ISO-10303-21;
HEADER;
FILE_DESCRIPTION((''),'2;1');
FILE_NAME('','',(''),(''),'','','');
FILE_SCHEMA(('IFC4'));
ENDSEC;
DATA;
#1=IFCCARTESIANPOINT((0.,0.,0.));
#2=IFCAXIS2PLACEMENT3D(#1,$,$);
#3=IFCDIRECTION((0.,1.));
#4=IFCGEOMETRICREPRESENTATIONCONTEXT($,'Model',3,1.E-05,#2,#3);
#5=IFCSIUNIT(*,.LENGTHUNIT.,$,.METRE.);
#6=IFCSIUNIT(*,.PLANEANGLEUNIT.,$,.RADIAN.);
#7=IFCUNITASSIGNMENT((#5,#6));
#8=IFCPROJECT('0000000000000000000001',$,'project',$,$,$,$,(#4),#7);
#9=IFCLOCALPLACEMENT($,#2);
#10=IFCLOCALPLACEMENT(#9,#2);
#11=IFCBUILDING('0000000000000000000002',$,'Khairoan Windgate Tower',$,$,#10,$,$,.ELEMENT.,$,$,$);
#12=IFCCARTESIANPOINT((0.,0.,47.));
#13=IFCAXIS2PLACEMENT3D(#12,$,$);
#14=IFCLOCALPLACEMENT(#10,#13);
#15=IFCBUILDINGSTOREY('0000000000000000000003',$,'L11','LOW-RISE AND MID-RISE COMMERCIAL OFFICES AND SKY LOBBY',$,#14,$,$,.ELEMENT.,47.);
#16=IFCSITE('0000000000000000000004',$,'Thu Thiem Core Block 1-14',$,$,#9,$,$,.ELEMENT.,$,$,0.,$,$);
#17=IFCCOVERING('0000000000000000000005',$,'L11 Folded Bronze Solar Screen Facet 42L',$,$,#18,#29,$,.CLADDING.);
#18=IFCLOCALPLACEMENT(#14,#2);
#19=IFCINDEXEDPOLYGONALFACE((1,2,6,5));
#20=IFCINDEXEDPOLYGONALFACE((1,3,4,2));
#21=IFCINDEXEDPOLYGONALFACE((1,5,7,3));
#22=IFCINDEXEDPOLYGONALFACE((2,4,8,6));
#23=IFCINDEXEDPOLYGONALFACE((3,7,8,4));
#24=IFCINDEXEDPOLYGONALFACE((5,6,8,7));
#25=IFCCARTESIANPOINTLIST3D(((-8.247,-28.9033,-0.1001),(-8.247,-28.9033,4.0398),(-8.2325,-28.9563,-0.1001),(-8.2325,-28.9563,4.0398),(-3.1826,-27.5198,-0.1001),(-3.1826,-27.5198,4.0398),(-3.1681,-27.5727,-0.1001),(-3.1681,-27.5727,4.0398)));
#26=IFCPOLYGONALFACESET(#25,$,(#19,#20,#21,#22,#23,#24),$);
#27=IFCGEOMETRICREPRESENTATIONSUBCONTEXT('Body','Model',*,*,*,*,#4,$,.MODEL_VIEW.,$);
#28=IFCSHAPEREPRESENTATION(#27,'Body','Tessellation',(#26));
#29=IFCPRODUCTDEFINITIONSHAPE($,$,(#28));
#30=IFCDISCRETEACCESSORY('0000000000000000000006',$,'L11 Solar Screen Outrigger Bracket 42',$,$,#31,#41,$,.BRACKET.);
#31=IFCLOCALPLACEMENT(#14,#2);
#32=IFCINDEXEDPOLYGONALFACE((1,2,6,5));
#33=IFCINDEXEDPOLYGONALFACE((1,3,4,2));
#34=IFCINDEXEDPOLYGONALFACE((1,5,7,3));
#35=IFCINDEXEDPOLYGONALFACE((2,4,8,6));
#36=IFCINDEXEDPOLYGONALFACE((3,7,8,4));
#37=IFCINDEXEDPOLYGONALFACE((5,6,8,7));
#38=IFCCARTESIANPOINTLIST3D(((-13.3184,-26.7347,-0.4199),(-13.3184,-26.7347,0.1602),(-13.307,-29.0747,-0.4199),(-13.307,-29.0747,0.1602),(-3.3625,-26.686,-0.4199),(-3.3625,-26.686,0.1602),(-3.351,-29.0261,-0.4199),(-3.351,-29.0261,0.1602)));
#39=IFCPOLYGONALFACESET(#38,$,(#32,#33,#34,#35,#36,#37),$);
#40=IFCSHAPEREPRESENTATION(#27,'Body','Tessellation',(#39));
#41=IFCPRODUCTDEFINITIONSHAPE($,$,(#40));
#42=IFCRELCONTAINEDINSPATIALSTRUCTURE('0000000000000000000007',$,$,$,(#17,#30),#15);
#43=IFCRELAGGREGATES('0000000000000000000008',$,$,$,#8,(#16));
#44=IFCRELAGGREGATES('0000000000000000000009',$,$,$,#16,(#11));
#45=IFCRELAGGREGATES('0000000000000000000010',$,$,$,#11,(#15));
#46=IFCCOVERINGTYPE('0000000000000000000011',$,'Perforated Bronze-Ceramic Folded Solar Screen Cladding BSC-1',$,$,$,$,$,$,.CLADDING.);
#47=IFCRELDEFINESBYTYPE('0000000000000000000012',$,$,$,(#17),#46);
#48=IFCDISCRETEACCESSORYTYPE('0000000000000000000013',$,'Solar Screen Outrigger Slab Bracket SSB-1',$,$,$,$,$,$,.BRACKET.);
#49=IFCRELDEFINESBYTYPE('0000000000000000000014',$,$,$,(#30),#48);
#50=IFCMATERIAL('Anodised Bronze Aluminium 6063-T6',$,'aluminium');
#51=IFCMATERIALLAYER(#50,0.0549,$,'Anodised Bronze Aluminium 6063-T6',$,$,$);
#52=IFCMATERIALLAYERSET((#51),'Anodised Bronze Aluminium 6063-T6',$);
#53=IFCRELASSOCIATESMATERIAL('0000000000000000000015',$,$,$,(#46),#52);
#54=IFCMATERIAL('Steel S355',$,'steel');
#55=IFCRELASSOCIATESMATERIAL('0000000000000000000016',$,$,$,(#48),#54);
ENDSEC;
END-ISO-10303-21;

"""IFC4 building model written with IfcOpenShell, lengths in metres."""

from ifc_helpers import new_model, si_unit, direction, frame, origin, origin_2d, place, context, subcontext, project, spatial, rectangle, extrude, material, layer, layer_set, type_object, element, save


model = new_model("IFC4")

# Units and contexts
model_context = context("Model", 3, precision=1e-05, world=origin(), true_north=direction((0.0, 1.0)))
body_context = subcontext(model_context, "Body", "Model", "MODEL_VIEW")
ifc_project = project(units=[si_unit("LENGTHUNIT", "METRE"), si_unit("PLANEANGLEUNIT", "RADIAN")], contexts=[model_context])

# Site, building, storey
site_placement = place(None, origin())
site = spatial("IfcSite", under=ifc_project, at=site_placement, Name="Thu Thiem Core Block 1-14", CompositionType="ELEMENT", RefElevation=0.0)
building_placement = place(site_placement, origin())
building = spatial("IfcBuilding", under=site, at=building_placement, Name="Khairoan Windgate Tower", CompositionType="ELEMENT")
storey_placement = place(building_placement, frame((0.0, 0.0, 47.0)))
storey = spatial("IfcBuildingStorey", under=building, at=storey_placement, Name="L11", Description="LOW-RISE AND MID-RISE COMMERCIAL OFFICES AND SKY LOBBY", CompositionType="ELEMENT", Elevation=47.0)

# Covering
ifc_material_1 = material(Name="Anodised Bronze Aluminium 6063-T6", Category="aluminium")
ifc_layer_1 = layer(ifc_material_1, 0.0549, Name="Anodised Bronze Aluminium 6063-T6")
ifc_layer_set_1 = layer_set([ifc_layer_1], Name="Anodised Bronze Aluminium 6063-T6")
covering_type = type_object("IfcCoveringType", Name="Perforated Bronze-Ceramic Folded Solar Screen Cladding BSC-1", PredefinedType="CLADDING", material=ifc_layer_set_1)
covering_placement = place(storey_placement, frame((-5.7075, -28.238, -0.1001), z_axis=(0.0, 0.0, 1.0), x_axis=(-0.964649, -0.263536, 0.0)))
element("IfcCovering", 1, at=covering_placement, inside=storey, type_object=covering_type, Name="L11 Folded Bronze Solar Screen Facet 42L", PredefinedType="CLADDING", context=body_context, shape_type="SweptSolid", body=[
    extrude(rectangle(XDim=5.25, YDim=0.0549, at=origin_2d()), origin(), (0.0, 0.0, 1.0), 4.1399),
])

# Discrete accessory
ifc_material_2 = material(Name="Steel S355", Category="steel")
discrete_accessory_type = type_object("IfcDiscreteAccessoryType", Name="Solar Screen Outrigger Slab Bracket SSB-1", PredefinedType="BRACKET", material=ifc_material_2)
discrete_accessory_placement = place(storey_placement, frame((-8.3347, -27.8804, -0.4199), z_axis=(0.0, 0.0, 1.0), x_axis=(-0.999988, -0.004887, 0.0)))
element("IfcDiscreteAccessory", 2, at=discrete_accessory_placement, inside=storey, type_object=discrete_accessory_type, Name="L11 Solar Screen Outrigger Bracket 42", PredefinedType="BRACKET", context=body_context, shape_type="SweptSolid", body=[
    extrude(rectangle(XDim=9.9561, YDim=2.3401, at=origin_2d()), origin(), (0.0, 0.0, 1.0), 0.5801),
])

save(model, "model.ifc")
